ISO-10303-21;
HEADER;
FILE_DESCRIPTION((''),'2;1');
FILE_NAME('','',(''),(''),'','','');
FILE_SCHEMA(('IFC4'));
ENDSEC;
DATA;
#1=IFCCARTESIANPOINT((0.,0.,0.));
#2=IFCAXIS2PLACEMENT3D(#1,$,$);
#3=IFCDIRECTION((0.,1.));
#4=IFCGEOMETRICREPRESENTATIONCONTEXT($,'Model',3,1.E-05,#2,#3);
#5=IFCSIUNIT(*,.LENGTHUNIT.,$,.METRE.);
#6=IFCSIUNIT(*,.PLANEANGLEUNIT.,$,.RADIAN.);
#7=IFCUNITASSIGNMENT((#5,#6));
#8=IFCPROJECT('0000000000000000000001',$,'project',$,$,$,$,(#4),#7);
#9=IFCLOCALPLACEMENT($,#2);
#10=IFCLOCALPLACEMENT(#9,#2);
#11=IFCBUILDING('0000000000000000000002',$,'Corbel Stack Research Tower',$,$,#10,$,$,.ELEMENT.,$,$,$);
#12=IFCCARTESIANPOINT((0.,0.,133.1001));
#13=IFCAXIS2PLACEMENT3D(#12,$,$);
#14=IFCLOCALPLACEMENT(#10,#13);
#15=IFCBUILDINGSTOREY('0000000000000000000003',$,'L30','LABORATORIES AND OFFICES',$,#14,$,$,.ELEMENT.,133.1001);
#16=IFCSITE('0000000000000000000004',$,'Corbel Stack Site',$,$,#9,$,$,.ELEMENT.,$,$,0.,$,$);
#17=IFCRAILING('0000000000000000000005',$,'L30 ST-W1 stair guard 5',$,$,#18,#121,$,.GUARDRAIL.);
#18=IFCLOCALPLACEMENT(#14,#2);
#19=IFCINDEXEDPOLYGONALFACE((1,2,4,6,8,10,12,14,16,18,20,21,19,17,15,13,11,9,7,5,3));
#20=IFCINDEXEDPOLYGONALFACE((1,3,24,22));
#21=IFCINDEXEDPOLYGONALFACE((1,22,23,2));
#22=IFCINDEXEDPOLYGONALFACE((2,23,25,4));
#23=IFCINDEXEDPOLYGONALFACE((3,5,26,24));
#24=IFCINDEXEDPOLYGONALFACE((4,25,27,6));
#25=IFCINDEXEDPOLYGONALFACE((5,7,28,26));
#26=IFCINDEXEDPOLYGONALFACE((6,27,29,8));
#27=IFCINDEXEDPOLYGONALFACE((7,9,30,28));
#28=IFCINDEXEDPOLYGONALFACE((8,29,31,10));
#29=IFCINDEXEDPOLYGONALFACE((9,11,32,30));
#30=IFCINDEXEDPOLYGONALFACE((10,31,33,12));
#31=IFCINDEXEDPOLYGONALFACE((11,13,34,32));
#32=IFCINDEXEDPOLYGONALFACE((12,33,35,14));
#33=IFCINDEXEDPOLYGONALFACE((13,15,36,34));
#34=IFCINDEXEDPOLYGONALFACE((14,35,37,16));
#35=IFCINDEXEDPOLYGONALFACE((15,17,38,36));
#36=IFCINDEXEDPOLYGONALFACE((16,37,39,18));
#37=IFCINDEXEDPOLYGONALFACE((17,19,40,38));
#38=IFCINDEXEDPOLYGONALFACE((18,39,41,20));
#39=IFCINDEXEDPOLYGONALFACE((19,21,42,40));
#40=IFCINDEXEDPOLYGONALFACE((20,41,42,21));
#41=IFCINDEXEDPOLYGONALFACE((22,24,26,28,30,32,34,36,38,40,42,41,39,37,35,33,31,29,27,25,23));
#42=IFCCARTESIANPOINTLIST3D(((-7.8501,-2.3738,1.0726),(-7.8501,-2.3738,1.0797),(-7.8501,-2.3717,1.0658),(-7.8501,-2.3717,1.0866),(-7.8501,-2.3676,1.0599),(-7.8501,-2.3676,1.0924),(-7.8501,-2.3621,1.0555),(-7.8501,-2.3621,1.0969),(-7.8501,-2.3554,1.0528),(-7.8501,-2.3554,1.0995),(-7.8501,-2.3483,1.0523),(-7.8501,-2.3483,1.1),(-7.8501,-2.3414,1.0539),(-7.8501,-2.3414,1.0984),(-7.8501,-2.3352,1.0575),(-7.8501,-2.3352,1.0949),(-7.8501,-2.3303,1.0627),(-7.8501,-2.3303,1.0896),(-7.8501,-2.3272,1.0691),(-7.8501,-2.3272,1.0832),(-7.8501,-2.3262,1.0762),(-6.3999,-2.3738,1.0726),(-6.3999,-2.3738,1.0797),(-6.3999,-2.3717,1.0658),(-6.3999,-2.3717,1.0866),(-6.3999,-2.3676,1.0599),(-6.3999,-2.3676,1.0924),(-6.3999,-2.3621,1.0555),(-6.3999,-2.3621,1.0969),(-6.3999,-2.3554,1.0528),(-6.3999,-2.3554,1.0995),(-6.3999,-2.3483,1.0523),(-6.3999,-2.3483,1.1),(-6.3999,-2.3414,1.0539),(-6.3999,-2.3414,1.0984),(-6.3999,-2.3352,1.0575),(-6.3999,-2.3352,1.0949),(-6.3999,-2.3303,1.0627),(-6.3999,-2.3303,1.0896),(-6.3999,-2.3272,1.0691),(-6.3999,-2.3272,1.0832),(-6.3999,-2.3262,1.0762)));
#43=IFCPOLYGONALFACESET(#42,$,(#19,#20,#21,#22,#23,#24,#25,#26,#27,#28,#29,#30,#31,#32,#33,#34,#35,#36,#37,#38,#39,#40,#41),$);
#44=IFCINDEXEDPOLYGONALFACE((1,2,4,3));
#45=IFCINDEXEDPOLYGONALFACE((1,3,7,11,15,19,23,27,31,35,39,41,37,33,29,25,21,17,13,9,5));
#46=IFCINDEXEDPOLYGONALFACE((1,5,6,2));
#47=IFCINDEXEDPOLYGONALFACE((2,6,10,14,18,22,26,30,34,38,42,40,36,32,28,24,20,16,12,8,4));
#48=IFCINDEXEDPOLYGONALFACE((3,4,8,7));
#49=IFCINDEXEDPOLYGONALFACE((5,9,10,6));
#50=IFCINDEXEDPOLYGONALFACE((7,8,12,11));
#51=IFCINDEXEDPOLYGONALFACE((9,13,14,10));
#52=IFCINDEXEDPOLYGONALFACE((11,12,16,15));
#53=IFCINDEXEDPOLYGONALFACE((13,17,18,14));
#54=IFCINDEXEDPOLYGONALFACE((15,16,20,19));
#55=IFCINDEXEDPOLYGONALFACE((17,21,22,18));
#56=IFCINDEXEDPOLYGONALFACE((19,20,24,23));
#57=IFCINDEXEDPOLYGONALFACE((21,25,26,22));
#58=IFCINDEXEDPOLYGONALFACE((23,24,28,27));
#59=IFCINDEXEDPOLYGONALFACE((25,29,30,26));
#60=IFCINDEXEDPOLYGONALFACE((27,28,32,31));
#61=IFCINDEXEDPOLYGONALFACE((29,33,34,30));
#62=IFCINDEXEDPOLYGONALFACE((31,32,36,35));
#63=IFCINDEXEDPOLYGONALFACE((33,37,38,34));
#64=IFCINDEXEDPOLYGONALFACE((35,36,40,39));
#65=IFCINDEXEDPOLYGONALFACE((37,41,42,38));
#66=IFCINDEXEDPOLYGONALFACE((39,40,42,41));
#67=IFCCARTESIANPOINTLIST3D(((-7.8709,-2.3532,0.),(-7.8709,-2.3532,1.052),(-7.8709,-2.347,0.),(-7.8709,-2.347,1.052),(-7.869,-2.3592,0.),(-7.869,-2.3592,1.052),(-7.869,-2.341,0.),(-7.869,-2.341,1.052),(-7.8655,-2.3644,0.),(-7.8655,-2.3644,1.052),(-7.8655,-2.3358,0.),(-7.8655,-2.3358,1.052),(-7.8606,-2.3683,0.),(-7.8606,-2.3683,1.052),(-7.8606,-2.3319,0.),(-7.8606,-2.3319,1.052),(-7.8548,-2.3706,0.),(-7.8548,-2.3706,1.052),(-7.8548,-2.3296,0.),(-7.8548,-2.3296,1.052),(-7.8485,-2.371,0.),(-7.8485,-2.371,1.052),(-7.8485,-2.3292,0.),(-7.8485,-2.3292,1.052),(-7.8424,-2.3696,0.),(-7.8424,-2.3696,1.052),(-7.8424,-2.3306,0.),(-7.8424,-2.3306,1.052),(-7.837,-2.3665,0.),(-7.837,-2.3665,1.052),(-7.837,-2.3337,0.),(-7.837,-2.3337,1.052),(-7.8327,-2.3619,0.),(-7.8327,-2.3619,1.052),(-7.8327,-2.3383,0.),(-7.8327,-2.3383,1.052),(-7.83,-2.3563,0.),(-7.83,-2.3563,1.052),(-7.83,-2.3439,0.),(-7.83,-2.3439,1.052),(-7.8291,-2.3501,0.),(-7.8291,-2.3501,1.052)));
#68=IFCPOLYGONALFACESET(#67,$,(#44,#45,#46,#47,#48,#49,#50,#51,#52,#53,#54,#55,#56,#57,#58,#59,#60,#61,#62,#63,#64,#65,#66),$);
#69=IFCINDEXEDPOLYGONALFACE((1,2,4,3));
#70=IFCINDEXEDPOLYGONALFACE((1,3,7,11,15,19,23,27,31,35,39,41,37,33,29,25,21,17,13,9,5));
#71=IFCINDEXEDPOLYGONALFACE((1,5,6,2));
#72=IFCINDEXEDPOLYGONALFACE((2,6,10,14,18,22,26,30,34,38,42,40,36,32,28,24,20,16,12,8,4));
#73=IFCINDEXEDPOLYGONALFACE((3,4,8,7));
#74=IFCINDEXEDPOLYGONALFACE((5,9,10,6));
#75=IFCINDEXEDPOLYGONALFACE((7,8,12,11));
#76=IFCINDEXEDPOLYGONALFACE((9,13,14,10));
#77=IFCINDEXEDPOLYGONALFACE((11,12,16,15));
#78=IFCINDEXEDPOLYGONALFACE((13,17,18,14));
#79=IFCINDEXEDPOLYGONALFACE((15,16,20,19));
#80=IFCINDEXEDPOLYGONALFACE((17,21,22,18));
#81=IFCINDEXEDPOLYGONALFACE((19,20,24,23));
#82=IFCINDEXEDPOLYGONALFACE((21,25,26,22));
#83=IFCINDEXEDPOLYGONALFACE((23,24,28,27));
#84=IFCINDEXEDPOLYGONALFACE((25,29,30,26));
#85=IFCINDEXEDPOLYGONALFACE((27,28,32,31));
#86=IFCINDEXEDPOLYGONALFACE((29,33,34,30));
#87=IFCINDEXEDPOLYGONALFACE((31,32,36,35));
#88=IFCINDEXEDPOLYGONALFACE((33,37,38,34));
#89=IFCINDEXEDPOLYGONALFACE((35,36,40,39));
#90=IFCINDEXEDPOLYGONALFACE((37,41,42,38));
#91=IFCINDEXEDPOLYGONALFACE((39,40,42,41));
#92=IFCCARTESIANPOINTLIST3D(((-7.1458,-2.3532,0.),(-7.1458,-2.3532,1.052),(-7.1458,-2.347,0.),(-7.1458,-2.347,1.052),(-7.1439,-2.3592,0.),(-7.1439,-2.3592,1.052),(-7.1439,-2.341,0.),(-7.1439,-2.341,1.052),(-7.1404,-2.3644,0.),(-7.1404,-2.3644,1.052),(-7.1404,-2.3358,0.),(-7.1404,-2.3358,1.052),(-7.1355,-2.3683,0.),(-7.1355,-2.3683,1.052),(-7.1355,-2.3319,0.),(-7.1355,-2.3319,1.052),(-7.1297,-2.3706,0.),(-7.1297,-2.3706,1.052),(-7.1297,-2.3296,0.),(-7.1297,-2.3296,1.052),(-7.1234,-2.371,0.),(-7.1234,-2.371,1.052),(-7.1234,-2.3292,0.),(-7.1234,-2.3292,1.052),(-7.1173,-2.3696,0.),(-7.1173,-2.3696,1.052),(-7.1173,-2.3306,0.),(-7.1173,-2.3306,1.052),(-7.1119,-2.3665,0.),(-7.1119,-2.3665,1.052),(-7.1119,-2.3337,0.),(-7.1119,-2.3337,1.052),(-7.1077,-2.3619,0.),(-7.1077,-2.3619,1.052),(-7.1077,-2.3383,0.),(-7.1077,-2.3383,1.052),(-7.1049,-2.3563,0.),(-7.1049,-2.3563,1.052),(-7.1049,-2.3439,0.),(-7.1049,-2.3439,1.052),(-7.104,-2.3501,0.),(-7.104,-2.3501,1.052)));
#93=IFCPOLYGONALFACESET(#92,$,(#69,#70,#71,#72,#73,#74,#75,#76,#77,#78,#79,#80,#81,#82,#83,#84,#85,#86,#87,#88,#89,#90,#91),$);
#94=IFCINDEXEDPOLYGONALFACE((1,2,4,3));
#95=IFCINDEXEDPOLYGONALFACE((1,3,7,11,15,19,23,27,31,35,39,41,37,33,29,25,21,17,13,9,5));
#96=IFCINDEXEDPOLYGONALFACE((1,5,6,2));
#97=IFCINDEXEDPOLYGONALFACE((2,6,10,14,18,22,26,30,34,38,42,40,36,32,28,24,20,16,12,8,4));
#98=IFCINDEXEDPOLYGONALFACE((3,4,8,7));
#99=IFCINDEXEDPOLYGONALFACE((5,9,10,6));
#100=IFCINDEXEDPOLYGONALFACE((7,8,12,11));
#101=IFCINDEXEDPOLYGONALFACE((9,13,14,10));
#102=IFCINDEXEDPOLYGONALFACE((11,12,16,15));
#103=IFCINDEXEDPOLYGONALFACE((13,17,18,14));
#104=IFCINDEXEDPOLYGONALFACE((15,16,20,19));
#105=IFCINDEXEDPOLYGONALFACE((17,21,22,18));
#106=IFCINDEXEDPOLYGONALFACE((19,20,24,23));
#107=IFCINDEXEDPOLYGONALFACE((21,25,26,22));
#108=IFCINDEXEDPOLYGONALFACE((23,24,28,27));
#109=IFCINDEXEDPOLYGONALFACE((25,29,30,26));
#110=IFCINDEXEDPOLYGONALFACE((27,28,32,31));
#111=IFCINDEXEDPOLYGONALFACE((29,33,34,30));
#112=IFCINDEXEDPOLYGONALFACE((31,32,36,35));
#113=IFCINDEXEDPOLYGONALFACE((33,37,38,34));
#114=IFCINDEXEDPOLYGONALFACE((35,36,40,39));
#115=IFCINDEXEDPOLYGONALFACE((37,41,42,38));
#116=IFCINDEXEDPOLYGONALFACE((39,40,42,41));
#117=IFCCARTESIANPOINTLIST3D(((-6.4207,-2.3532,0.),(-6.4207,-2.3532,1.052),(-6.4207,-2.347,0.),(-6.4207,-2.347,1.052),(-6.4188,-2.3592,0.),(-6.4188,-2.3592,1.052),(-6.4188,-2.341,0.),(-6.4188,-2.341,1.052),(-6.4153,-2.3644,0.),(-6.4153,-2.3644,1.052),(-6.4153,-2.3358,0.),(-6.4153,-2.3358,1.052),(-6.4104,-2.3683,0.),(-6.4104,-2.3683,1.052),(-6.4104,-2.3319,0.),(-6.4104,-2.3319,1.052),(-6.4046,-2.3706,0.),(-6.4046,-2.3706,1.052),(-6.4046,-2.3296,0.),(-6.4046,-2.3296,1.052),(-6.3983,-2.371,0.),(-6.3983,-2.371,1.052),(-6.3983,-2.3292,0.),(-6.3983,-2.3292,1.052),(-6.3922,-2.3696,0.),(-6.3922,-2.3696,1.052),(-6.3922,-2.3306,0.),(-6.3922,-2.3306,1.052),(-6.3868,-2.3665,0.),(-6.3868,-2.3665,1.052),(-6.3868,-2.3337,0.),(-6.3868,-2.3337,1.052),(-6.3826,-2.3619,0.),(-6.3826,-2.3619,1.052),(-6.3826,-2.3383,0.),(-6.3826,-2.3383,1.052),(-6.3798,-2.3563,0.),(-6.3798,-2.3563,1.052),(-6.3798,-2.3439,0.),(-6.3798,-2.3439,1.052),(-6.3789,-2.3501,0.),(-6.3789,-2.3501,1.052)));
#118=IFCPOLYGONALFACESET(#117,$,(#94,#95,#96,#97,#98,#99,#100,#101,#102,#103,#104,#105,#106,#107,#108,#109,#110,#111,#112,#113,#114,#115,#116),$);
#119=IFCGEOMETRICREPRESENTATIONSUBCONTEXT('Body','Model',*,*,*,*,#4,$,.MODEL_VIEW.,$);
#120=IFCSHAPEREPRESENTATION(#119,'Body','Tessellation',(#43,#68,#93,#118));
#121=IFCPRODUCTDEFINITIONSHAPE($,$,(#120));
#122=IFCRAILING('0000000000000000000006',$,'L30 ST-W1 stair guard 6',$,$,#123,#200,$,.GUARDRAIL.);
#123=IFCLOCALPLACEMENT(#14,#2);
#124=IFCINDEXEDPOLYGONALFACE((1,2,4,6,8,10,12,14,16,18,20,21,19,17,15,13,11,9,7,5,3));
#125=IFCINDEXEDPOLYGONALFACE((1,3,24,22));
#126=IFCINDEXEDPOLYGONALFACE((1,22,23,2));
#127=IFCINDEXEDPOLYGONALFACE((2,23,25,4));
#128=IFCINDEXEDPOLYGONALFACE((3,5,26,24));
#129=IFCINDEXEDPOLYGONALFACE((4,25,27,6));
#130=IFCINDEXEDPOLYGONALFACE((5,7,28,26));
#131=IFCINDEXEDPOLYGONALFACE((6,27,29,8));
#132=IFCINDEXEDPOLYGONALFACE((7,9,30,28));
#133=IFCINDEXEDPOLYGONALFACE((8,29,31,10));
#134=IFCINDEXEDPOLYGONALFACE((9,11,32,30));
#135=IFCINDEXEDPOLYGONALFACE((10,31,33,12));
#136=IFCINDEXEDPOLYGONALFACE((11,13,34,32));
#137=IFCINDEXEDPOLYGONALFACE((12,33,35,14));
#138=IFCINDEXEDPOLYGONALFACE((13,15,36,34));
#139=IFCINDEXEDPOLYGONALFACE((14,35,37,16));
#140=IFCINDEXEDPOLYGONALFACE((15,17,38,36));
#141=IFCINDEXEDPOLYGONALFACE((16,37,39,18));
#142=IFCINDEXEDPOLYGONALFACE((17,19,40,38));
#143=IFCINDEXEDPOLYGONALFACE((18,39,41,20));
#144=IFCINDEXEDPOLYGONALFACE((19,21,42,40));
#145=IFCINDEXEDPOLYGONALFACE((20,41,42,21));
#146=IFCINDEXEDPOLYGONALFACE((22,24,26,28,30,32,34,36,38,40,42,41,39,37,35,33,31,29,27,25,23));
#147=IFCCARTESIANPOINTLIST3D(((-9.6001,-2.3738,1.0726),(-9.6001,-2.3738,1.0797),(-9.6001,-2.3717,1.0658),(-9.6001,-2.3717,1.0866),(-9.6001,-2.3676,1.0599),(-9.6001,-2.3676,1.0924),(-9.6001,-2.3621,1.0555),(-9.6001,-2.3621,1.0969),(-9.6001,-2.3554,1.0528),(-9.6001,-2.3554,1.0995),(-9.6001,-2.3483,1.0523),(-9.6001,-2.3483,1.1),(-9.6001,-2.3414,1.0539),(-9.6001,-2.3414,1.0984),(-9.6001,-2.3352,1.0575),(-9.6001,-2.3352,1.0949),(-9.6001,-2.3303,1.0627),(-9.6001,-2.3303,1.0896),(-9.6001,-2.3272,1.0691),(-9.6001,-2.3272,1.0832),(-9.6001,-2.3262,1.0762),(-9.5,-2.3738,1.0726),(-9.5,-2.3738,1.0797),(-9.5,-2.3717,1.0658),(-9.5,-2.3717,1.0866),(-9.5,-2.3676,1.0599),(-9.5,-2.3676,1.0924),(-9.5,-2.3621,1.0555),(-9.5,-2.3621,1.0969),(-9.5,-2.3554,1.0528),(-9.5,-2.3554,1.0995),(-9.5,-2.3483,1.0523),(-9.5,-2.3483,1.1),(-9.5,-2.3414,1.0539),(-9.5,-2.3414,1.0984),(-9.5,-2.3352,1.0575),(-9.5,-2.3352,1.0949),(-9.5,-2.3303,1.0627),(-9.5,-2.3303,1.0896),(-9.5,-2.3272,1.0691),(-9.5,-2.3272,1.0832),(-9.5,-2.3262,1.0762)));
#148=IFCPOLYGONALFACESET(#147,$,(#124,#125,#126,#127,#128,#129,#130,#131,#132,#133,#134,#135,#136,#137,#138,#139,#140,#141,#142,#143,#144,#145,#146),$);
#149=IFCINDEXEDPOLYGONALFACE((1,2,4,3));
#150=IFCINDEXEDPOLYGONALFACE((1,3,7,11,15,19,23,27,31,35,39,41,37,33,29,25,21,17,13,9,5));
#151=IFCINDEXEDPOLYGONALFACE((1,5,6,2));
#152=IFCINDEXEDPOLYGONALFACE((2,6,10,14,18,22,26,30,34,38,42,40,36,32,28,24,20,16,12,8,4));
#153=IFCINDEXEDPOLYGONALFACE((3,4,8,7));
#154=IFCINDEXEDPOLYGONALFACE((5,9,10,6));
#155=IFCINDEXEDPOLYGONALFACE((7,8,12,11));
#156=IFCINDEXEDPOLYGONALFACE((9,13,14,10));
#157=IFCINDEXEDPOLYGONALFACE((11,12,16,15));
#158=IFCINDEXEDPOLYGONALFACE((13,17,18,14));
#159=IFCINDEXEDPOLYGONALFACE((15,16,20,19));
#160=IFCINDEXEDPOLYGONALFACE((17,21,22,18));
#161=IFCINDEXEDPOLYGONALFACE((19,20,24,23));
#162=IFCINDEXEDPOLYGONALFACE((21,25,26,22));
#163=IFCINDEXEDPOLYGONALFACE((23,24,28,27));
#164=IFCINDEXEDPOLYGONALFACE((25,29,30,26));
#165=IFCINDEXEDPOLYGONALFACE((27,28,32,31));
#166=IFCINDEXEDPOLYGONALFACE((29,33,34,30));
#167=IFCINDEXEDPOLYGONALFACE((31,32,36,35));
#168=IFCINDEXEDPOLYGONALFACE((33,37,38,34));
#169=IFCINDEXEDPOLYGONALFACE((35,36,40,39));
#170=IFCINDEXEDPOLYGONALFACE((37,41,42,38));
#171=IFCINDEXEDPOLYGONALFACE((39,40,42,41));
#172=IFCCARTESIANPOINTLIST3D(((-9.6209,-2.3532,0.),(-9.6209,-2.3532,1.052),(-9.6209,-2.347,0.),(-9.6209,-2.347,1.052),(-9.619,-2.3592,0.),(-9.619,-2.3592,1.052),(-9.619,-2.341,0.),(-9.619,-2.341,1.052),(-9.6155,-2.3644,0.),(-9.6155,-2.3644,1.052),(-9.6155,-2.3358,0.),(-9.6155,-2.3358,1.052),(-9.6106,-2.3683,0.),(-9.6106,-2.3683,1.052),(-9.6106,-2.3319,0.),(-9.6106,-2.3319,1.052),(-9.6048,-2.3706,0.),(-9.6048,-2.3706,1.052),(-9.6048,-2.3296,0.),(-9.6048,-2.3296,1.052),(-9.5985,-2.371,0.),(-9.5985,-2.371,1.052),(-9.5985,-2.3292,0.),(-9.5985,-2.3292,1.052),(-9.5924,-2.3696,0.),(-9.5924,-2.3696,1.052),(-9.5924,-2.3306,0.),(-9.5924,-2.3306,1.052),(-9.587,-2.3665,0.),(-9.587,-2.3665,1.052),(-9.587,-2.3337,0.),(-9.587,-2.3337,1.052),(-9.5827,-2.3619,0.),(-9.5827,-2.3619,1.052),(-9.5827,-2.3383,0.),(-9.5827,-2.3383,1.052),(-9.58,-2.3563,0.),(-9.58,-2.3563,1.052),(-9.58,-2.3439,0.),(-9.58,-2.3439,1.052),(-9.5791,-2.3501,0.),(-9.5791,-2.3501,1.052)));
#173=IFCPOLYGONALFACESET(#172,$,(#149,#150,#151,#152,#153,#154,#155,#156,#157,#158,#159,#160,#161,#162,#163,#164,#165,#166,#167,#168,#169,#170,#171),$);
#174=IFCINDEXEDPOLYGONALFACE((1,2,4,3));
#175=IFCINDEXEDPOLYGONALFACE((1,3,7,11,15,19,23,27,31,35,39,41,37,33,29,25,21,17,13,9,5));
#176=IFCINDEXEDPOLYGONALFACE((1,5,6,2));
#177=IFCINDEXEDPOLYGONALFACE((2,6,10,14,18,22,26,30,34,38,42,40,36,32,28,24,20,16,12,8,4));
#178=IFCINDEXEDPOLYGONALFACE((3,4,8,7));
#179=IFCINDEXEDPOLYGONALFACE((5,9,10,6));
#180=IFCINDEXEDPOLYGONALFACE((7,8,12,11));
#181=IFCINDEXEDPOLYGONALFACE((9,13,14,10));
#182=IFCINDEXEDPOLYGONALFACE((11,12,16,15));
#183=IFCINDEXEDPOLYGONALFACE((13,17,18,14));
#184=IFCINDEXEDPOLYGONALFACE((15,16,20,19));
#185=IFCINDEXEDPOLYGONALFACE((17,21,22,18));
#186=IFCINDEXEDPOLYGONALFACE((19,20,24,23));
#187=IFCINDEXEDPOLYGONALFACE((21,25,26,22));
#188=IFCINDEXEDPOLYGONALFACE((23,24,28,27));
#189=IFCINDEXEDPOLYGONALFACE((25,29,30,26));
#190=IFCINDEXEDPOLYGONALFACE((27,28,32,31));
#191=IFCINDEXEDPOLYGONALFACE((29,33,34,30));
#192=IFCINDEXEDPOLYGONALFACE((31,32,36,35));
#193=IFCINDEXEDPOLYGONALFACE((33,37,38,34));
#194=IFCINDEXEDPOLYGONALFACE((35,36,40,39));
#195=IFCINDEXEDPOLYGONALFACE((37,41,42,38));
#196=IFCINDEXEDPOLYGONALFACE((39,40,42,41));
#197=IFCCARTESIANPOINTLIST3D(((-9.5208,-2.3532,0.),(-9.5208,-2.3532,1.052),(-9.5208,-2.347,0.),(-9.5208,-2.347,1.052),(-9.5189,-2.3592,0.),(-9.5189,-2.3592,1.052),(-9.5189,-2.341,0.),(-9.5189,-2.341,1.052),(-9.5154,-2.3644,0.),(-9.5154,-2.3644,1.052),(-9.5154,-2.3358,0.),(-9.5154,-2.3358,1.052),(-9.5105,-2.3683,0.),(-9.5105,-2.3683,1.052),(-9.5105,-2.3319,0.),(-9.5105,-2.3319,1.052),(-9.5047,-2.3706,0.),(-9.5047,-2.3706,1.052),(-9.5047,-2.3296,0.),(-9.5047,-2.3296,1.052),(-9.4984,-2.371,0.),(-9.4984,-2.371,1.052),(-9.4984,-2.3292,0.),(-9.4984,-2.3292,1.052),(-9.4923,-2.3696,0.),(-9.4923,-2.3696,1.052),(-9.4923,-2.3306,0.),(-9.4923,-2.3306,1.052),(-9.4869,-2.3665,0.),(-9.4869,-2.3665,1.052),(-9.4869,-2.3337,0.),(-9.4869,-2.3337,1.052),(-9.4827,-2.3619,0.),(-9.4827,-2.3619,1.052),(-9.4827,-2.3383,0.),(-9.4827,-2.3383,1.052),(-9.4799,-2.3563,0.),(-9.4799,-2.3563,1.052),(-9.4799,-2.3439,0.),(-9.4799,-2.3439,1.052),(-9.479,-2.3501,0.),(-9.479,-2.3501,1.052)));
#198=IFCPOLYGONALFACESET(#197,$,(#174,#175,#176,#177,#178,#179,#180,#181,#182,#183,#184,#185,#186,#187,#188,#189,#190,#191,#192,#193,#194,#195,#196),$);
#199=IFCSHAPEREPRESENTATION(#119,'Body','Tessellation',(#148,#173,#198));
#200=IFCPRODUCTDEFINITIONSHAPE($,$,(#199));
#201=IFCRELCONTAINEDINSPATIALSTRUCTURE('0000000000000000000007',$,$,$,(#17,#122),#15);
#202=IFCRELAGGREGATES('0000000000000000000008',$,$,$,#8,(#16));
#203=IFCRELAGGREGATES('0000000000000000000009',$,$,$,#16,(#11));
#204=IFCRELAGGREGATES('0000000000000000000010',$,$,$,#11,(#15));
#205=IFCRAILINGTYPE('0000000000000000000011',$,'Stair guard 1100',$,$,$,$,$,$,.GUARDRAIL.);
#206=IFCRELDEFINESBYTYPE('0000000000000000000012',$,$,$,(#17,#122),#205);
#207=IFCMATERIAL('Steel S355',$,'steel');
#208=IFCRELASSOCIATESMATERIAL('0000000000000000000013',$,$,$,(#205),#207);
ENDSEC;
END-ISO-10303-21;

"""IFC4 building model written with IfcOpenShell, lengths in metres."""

from ifc_helpers import new_model, si_unit, direction, frame, origin, origin_2d, place, context, subcontext, project, spatial, circle, extrude, material, type_object, element, save


model = new_model("IFC4")

# Units and contexts
model_context = context("Model", 3, precision=1e-05, world=origin(), true_north=direction((0.0, 1.0)))
body_context = subcontext(model_context, "Body", "Model", "MODEL_VIEW")
ifc_project = project(units=[si_unit("LENGTHUNIT", "METRE"), si_unit("PLANEANGLEUNIT", "RADIAN")], contexts=[model_context])

# Site, building, storey
site_placement = place(None, origin())
site = spatial("IfcSite", under=ifc_project, at=site_placement, Name="Corbel Stack Site", CompositionType="ELEMENT", RefElevation=0.0)
building_placement = place(site_placement, origin())
building = spatial("IfcBuilding", under=site, at=building_placement, Name="Corbel Stack Research Tower", CompositionType="ELEMENT")
storey_placement = place(building_placement, frame((0.0, 0.0, 133.1001)))
storey = spatial("IfcBuildingStorey", under=building, at=storey_placement, Name="L30", Description="LABORATORIES AND OFFICES", CompositionType="ELEMENT", Elevation=133.1001)

# Railings
ifc_material_1 = material(Name="Steel S355", Category="steel")
railing_type_1 = type_object("IfcRailingType", Name="Stair guard 1100", PredefinedType="GUARDRAIL", material=ifc_material_1)
railing_1_placement = place(storey_placement, frame((-7.8501, -2.3501, 0.0)))
element("IfcRailing", 1, at=railing_1_placement, inside=storey, type_object=railing_type_1, Name="L30 ST-W1 stair guard 5", PredefinedType="GUARDRAIL", context=body_context, shape_type="SweptSolid", body=[
    extrude(circle(Radius=0.0239, at=origin_2d()), frame((0.0, 0.0, 1.0762), z_axis=(1.0, 0.0, 0.0), x_axis=(0.0, 1.0, 0.0)), (0.0, 0.0, 1.0), 1.4502),
    extrude(circle(Radius=0.021, at=origin_2d()), origin(), (0.0, 0.0, 1.0), 1.052),
    extrude(circle(Radius=0.021, at=origin_2d()), frame((0.7251, 0.0, 0.0)), (0.0, 0.0, 1.0), 1.052),
    extrude(circle(Radius=0.021, at=origin_2d()), frame((1.4502, 0.0, 0.0)), (0.0, 0.0, 1.0), 1.052),
])
railing_2_placement = place(storey_placement, frame((-9.6001, -2.3501, 0.0)))
element("IfcRailing", 2, at=railing_2_placement, inside=storey, type_object=railing_type_1, Name="L30 ST-W1 stair guard 6", PredefinedType="GUARDRAIL", context=body_context, shape_type="SweptSolid", body=[
    extrude(circle(Radius=0.0239, at=origin_2d()), frame((0.0, 0.0, 1.0762), z_axis=(1.0, 0.0, 0.0), x_axis=(0.0, 1.0, 0.0)), (0.0, 0.0, 1.0), 0.1001),
    extrude(circle(Radius=0.021, at=origin_2d()), origin(), (0.0, 0.0, 1.0), 1.052),
    extrude(circle(Radius=0.021, at=origin_2d()), frame((0.1001, 0.0, 0.0)), (0.0, 0.0, 1.0), 1.052),
])

save(model, "model.ifc")
